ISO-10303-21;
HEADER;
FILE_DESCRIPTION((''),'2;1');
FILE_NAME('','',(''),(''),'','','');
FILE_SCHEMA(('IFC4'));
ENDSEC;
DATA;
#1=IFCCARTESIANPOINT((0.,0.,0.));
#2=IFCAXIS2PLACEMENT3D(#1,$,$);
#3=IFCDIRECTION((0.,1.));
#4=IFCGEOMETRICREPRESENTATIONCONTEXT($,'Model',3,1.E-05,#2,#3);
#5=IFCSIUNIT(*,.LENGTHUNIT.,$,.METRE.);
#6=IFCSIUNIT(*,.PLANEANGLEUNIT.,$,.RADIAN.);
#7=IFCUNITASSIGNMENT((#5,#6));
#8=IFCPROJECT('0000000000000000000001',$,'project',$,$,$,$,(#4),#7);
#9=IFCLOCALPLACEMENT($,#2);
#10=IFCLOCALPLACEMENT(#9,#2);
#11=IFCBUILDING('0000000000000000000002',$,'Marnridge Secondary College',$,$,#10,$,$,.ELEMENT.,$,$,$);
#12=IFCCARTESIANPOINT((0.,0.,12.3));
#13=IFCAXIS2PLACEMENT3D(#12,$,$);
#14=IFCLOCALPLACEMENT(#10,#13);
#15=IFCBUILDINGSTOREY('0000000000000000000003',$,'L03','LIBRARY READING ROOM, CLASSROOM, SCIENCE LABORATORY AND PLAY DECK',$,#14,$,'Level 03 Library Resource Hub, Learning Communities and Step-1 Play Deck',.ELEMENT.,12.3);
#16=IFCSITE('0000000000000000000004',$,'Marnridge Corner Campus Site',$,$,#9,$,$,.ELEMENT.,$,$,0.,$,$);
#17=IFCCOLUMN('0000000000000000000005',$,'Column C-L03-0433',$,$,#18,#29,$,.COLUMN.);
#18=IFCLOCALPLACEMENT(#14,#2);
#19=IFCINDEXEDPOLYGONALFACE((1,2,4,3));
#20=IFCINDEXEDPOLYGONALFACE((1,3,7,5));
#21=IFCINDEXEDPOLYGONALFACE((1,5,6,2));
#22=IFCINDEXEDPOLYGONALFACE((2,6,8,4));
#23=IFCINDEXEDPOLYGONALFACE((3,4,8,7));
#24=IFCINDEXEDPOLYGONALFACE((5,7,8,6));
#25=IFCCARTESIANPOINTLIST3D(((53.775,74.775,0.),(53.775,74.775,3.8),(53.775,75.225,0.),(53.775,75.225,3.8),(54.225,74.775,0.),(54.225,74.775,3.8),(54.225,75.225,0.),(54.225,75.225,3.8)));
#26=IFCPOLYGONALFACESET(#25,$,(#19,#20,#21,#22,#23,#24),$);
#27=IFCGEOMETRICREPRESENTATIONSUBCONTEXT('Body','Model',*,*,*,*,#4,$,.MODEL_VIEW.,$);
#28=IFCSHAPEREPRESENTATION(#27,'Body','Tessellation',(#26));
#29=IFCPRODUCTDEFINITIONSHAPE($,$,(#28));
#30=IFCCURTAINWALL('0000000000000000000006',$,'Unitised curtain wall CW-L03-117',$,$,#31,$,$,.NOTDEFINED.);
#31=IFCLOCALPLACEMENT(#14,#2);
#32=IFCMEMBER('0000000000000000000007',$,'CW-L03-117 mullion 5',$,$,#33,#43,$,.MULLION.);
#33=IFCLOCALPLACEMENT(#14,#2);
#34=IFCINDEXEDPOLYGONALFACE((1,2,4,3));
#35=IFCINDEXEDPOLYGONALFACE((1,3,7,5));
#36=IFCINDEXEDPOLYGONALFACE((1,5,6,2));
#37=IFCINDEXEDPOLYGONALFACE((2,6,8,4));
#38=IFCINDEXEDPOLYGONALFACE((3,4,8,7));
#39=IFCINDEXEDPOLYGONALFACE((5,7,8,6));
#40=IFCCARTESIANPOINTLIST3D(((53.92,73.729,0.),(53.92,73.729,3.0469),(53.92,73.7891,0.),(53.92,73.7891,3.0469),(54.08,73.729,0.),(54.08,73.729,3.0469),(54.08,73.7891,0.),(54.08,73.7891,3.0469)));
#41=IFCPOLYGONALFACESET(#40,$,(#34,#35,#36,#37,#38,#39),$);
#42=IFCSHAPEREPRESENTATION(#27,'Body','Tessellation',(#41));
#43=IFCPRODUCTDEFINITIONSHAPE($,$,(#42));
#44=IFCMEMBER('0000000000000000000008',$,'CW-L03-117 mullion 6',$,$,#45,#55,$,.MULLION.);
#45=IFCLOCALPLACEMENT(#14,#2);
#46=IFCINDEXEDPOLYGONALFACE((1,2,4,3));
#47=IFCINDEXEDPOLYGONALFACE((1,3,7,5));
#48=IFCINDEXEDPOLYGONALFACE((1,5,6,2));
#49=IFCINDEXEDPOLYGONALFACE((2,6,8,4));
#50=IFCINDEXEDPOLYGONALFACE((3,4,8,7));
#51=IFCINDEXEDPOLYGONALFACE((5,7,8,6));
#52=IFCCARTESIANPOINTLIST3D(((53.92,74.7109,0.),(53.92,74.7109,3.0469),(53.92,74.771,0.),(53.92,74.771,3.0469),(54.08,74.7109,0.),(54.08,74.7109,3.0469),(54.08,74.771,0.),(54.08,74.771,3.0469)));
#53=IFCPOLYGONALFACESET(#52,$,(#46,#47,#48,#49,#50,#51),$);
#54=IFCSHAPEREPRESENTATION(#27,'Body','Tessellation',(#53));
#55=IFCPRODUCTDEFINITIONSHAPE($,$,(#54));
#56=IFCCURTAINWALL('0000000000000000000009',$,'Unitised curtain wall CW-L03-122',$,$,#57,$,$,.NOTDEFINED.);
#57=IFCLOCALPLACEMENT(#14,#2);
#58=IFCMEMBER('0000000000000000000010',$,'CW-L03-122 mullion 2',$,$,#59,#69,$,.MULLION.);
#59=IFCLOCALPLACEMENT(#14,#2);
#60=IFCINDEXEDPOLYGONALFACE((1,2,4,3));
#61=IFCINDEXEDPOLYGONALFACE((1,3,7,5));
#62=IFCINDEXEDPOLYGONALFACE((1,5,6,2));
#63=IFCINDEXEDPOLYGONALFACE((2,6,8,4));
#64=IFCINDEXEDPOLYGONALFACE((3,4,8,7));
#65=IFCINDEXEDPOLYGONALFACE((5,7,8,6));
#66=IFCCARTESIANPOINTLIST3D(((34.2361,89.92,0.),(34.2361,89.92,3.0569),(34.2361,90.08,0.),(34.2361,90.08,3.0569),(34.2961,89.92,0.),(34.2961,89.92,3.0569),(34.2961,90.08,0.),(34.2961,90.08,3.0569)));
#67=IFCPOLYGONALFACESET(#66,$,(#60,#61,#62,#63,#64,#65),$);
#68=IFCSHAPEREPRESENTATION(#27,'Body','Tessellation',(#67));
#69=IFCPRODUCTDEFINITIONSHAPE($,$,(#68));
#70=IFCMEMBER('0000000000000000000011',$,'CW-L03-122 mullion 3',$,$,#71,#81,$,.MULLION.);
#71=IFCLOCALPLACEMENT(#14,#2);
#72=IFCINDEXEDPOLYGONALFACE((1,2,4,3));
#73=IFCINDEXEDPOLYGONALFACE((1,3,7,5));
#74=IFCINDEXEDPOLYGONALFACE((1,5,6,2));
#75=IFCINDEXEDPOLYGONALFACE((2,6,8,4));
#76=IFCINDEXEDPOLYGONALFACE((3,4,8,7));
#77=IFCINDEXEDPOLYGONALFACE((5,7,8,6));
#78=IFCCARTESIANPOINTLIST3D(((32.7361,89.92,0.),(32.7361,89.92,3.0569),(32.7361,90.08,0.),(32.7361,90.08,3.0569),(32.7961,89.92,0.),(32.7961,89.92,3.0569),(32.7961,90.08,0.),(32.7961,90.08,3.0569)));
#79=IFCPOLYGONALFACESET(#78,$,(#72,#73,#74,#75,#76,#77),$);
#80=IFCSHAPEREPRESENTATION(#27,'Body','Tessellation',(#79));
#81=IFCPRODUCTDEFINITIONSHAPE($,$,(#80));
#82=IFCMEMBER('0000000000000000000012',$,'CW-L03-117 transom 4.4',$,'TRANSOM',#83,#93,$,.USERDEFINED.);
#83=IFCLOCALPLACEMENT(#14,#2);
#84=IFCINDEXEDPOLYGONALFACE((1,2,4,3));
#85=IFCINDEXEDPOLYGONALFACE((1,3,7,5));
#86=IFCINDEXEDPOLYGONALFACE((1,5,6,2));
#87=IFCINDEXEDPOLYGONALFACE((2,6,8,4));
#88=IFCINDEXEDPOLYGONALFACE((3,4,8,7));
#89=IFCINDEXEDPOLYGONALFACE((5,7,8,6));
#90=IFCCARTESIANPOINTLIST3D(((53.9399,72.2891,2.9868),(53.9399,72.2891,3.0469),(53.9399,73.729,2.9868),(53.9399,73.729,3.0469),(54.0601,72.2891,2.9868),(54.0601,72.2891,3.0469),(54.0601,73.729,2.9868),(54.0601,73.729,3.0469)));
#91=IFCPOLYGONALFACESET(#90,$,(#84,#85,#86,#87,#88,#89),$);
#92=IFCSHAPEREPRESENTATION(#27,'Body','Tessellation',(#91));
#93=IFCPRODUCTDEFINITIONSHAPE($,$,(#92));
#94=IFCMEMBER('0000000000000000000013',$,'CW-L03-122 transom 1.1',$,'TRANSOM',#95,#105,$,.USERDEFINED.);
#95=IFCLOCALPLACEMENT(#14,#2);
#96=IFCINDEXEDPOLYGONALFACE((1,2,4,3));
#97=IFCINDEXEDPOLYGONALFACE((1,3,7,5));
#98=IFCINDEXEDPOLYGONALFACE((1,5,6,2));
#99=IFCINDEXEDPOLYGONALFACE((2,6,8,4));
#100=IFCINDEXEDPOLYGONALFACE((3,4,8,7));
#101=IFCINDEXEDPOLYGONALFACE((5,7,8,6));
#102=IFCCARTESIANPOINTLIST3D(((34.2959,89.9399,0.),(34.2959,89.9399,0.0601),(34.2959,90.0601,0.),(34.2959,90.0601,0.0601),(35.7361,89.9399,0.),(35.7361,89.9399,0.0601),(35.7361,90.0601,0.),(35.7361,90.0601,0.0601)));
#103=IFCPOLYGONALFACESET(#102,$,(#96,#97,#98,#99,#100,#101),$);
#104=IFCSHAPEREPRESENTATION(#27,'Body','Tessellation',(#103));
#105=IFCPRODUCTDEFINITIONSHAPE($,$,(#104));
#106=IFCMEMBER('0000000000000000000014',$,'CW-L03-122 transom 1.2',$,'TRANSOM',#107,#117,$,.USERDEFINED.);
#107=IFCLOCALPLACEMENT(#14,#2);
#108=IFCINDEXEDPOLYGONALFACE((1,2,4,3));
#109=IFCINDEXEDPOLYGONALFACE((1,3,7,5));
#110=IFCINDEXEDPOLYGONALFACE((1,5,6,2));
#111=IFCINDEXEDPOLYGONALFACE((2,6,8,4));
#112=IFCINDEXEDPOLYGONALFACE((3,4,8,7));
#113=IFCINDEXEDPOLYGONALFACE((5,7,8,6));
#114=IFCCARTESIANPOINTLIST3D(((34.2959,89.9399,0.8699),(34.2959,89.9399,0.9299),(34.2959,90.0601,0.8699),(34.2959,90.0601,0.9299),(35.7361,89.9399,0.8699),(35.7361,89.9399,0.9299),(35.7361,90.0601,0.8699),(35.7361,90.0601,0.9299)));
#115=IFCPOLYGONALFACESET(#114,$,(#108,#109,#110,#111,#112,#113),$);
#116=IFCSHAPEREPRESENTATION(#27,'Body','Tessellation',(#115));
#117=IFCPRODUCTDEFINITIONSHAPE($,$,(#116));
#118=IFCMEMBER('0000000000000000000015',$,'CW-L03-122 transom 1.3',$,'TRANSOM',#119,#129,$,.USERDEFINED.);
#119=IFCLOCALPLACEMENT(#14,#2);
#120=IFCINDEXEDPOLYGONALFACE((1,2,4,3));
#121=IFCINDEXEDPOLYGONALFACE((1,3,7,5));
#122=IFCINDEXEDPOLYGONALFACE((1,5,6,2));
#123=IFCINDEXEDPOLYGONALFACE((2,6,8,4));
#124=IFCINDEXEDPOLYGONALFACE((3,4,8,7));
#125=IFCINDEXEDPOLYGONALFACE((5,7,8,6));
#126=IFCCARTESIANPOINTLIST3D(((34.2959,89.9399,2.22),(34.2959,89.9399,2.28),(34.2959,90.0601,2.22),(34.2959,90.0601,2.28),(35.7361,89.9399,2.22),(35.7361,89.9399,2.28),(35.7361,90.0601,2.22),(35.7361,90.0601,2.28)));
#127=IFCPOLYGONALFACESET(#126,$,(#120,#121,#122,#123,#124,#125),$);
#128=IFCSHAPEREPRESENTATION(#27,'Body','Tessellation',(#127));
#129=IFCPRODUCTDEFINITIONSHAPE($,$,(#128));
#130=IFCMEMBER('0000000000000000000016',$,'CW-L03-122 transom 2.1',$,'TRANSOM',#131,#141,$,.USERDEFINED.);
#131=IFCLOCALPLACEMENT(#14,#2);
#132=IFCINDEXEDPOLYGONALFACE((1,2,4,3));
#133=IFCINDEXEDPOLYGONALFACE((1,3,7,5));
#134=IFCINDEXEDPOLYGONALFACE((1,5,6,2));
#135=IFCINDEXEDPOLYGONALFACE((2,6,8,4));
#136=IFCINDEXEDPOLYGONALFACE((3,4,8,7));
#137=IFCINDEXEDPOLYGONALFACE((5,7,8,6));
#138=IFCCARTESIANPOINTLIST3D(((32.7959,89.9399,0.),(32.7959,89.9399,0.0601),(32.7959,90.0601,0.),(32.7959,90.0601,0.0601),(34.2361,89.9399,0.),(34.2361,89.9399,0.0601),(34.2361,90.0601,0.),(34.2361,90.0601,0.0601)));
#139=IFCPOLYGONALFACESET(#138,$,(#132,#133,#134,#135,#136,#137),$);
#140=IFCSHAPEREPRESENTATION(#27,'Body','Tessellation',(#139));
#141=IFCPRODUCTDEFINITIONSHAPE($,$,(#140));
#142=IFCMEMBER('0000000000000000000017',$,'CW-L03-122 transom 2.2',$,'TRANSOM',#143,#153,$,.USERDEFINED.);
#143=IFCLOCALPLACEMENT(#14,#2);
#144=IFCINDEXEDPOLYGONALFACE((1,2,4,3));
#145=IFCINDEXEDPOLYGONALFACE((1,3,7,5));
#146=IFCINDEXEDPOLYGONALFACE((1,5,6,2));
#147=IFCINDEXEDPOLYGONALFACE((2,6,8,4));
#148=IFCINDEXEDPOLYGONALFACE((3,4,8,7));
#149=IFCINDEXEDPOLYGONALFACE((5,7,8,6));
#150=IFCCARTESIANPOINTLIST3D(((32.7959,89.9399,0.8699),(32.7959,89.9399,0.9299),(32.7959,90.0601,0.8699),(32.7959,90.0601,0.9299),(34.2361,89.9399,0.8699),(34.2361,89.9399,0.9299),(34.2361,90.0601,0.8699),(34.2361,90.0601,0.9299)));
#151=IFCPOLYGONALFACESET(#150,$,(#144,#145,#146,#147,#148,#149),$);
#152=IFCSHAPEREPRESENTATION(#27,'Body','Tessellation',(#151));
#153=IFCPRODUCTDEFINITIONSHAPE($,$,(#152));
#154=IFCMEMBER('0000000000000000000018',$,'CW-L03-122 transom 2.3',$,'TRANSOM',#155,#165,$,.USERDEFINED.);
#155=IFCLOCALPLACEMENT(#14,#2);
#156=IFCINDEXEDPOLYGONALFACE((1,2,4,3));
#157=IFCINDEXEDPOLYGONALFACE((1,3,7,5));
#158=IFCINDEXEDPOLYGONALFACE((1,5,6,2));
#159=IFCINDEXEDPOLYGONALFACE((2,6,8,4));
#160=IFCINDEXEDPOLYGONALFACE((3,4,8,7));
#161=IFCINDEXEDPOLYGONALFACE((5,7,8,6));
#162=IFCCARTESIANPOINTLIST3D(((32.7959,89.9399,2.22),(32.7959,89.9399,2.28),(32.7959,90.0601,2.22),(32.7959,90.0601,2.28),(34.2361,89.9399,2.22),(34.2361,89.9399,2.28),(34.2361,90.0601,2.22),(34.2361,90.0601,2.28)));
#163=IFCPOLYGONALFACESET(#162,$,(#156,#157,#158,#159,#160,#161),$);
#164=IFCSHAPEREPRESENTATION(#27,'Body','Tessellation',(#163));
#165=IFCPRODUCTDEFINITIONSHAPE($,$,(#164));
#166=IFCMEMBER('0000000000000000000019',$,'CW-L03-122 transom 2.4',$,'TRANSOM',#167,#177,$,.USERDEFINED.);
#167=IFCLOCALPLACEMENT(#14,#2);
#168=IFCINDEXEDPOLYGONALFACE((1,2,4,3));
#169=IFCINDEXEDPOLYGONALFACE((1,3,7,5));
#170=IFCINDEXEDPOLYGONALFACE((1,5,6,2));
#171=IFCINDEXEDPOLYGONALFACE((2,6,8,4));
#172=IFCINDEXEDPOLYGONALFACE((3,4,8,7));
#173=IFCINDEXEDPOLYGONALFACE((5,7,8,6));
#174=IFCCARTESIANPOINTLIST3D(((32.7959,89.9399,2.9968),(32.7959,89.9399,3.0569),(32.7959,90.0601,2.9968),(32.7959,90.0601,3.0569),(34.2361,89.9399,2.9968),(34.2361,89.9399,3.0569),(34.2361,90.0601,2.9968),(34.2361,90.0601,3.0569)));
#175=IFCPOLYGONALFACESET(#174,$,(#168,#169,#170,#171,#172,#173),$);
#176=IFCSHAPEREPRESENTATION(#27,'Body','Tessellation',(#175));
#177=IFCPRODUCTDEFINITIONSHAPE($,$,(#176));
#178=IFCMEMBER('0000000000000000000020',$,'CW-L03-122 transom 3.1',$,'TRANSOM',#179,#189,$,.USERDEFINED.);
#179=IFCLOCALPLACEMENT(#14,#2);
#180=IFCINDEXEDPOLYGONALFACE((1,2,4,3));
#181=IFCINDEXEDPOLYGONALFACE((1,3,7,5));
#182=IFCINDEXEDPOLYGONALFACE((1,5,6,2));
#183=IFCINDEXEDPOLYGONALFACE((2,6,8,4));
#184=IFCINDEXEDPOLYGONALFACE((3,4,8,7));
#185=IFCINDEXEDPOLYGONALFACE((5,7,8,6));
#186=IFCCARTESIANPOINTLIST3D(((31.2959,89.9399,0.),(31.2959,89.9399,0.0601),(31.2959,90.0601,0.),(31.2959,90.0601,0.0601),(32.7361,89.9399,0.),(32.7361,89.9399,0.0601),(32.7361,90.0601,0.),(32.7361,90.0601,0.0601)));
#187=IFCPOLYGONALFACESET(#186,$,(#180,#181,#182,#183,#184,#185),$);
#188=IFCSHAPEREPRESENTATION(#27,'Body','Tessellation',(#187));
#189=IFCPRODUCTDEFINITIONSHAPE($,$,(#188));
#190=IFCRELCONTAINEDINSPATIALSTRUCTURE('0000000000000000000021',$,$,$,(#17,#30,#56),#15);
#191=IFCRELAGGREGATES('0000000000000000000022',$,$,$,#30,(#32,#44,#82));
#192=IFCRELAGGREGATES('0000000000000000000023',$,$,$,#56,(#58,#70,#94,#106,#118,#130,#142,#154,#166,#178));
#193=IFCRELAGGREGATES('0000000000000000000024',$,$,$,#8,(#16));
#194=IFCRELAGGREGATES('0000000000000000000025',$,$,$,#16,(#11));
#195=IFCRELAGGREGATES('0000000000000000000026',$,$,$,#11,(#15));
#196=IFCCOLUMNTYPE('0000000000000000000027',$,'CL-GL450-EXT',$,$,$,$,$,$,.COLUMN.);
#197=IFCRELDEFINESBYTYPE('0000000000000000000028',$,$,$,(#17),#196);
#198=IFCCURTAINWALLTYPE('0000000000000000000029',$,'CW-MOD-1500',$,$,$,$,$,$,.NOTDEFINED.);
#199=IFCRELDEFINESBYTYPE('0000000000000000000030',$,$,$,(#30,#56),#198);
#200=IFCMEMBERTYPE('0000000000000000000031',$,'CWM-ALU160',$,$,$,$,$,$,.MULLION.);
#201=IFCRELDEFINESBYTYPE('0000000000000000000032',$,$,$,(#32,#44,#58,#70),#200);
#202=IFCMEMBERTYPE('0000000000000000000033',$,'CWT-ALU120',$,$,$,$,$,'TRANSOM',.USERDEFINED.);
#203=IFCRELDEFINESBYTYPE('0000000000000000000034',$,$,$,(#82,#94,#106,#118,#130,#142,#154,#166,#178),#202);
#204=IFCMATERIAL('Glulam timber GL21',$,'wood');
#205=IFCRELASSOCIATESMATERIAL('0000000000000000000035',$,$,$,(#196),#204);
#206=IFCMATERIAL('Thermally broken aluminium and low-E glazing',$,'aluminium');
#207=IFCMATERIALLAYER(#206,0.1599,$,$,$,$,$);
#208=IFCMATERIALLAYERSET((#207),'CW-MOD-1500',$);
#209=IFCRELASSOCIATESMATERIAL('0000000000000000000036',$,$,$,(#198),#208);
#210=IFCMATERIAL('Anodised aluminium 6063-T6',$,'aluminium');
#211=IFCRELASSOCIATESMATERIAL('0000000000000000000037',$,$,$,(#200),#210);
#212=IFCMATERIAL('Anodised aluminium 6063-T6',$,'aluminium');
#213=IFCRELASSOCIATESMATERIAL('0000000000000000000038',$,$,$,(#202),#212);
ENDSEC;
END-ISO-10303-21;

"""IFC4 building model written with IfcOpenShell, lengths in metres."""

from ifc_helpers import new_model, si_unit, direction, frame, origin, origin_2d, place, context, subcontext, project, spatial, rectangle, extrude, material, layer, layer_set, material_profile, profile_set, type_object, element, aggregate, save


model = new_model("IFC4")

# Units and contexts
model_context = context("Model", 3, precision=1e-05, world=origin(), true_north=direction((0.0, 1.0)))
body_context = subcontext(model_context, "Body", "Model", "MODEL_VIEW")
ifc_project = project(units=[si_unit("LENGTHUNIT", "METRE"), si_unit("PLANEANGLEUNIT", "RADIAN")], contexts=[model_context])

# Site, building, storey
site_placement = place(None, origin())
site = spatial("IfcSite", under=ifc_project, at=site_placement, Name="Marnridge Corner Campus Site", CompositionType="ELEMENT", RefElevation=0.0)
building_placement = place(site_placement, origin())
building = spatial("IfcBuilding", under=site, at=building_placement, Name="Marnridge Secondary College", CompositionType="ELEMENT")
storey_placement = place(building_placement, frame((0.0, 0.0, 12.3)))
storey = spatial("IfcBuildingStorey", under=building, at=storey_placement, Name="L03", Description="LIBRARY READING ROOM, CLASSROOM, SCIENCE LABORATORY AND PLAY DECK", LongName="Level 03 Library Resource Hub, Learning Communities and Step-1 Play Deck", CompositionType="ELEMENT", Elevation=12.3)

# Column
ifc_material_1 = material(Name="Glulam timber GL21", Category="wood")
ifc_material_profile_1 = material_profile(ifc_material_1, rectangle(XDim=0.45, YDim=0.45, at=origin_2d()), Name="GL21 450x450")
ifc_profile_set_1 = profile_set([ifc_material_profile_1], Name="Glulam timber GL21")
column_type = type_object("IfcColumnType", Name="CL-GL450-EXT", PredefinedType="COLUMN", material=ifc_profile_set_1)
column_placement = place(storey_placement, frame((54.0, 75.0, 0.0), z_axis=(0.0, 0.0, 1.0), x_axis=(1.0, 0.0, 0.0)))
element("IfcColumn", 1, at=column_placement, inside=storey, type_object=column_type, Name="Column C-L03-0433", PredefinedType="COLUMN", context=body_context, shape_type="SweptSolid", body=[
    extrude(rectangle(XDim=0.45, YDim=0.45, at=origin_2d()), origin(), (0.0, 0.0, 1.0), 3.8),
])

# Curtain walls, members
ifc_material_2 = material(Name="Thermally broken aluminium and low-E glazing", Category="aluminium")
ifc_layer_1 = layer(ifc_material_2, 0.1599)
ifc_layer_set_1 = layer_set([ifc_layer_1], Name="CW-MOD-1500")
curtain_wall_type = type_object("IfcCurtainWallType", Name="CW-MOD-1500", PredefinedType="NOTDEFINED", material=ifc_layer_set_1)
curtain_wall_1_placement = place(storey_placement, origin())
curtain_wall_1 = element("IfcCurtainWall", 2, at=curtain_wall_1_placement, inside=storey, type_object=curtain_wall_type, Name="Unitised curtain wall CW-L03-117", PredefinedType="NOTDEFINED")
ifc_material_3 = material(Name="Anodised aluminium 6063-T6", Category="aluminium")
ifc_material_profile_2 = material_profile(ifc_material_3, rectangle(XDim=0.0601, YDim=0.1599, at=origin_2d()), Name="ALU 60x160")
ifc_profile_set_2 = profile_set([ifc_material_profile_2], Name="Anodised aluminium 6063-T6")
member_type_1 = type_object("IfcMemberType", Name="CWM-ALU160", PredefinedType="MULLION", material=ifc_profile_set_2)
member_1_placement = place(storey_placement, frame((54.0, 73.759, 0.0), z_axis=(0.0, 0.0, 1.0), x_axis=(0.0, 1.0, 0.0)))
member_1 = element("IfcMember", 3, at=member_1_placement, type_object=member_type_1, Name="CW-L03-117 mullion 5", PredefinedType="MULLION", context=body_context, shape_type="SweptSolid", body=[
    extrude(rectangle(XDim=0.0601, YDim=0.1599, at=origin_2d()), origin(), (0.0, 0.0, 1.0), 3.0469),
])
member_2_placement = place(storey_placement, frame((54.0, 74.741, 0.0), z_axis=(0.0, 0.0, 1.0), x_axis=(0.0, 1.0, 0.0)))
member_2 = element("IfcMember", 4, at=member_2_placement, type_object=member_type_1, Name="CW-L03-117 mullion 6", PredefinedType="MULLION", context=body_context, shape_type="SweptSolid", body=[
    extrude(rectangle(XDim=0.0601, YDim=0.1599, at=origin_2d()), origin(), (0.0, 0.0, 1.0), 3.0469),
])
curtain_wall_2_placement = place(storey_placement, origin())
curtain_wall_2 = element("IfcCurtainWall", 5, at=curtain_wall_2_placement, inside=storey, type_object=curtain_wall_type, Name="Unitised curtain wall CW-L03-122", PredefinedType="NOTDEFINED")
member_3_placement = place(storey_placement, frame((34.2661, 90.0, 0.0), z_axis=(0.0, 0.0, 1.0), x_axis=(-1.0, 0.0, 0.0)))
member_3 = element("IfcMember", 6, at=member_3_placement, type_object=member_type_1, Name="CW-L03-122 mullion 2", PredefinedType="MULLION", context=body_context, shape_type="SweptSolid", body=[
    extrude(rectangle(XDim=0.0601, YDim=0.1599, at=origin_2d()), origin(), (0.0, 0.0, 1.0), 3.0569),
])
member_4_placement = place(storey_placement, frame((32.7661, 90.0, 0.0), z_axis=(0.0, 0.0, 1.0), x_axis=(-1.0, 0.0, 0.0)))
member_4 = element("IfcMember", 7, at=member_4_placement, type_object=member_type_1, Name="CW-L03-122 mullion 3", PredefinedType="MULLION", context=body_context, shape_type="SweptSolid", body=[
    extrude(rectangle(XDim=0.0601, YDim=0.1599, at=origin_2d()), origin(), (0.0, 0.0, 1.0), 3.0569),
])

# Members
ifc_material_4 = material(Name="Anodised aluminium 6063-T6", Category="aluminium")
ifc_material_profile_3 = material_profile(ifc_material_4, rectangle(XDim=0.0601, YDim=0.1201, at=origin_2d()), Name="ALU 60x120")
ifc_profile_set_3 = profile_set([ifc_material_profile_3], Name="Anodised aluminium 6063-T6")
member_type_2 = type_object("IfcMemberType", Name="CWT-ALU120", ElementType="TRANSOM", PredefinedType="USERDEFINED", material=ifc_profile_set_3)
member_5_placement = place(storey_placement, frame((54.0, 72.2891, 3.0168), z_axis=(0.0, 1.0, 0.0), x_axis=(0.0, 0.0, 1.0)))
member_5 = element("IfcMember", 8, at=member_5_placement, type_object=member_type_2, Name="CW-L03-117 transom 4.4", ObjectType="TRANSOM", PredefinedType="USERDEFINED", context=body_context, shape_type="SweptSolid", body=[
    extrude(rectangle(XDim=0.0601, YDim=0.1201, at=origin_2d()), origin(), (0.0, 0.0, 1.0), 1.4399),
])
aggregate(curtain_wall_1, [member_1, member_2, member_5])
member_6_placement = place(storey_placement, frame((35.7361, 90.0, 0.03), z_axis=(-1.0, 0.0, 0.0), x_axis=(0.0, 0.0, 1.0)))
member_6 = element("IfcMember", 9, at=member_6_placement, type_object=member_type_2, Name="CW-L03-122 transom 1.1", ObjectType="TRANSOM", PredefinedType="USERDEFINED", context=body_context, shape_type="SweptSolid", body=[
    extrude(rectangle(XDim=0.0601, YDim=0.1201, at=origin_2d()), origin(), (0.0, 0.0, 1.0), 1.4402),
])
member_7_placement = place(storey_placement, frame((35.7361, 90.0, 0.8999), z_axis=(-1.0, 0.0, 0.0), x_axis=(0.0, 0.0, 1.0)))
member_7 = element("IfcMember", 10, at=member_7_placement, type_object=member_type_2, Name="CW-L03-122 transom 1.2", ObjectType="TRANSOM", PredefinedType="USERDEFINED", context=body_context, shape_type="SweptSolid", body=[
    extrude(rectangle(XDim=0.0601, YDim=0.1201, at=origin_2d()), origin(), (0.0, 0.0, 1.0), 1.4402),
])
member_8_placement = place(storey_placement, frame((35.7361, 90.0, 2.25), z_axis=(-1.0, 0.0, 0.0), x_axis=(0.0, 0.0, 1.0)))
member_8 = element("IfcMember", 11, at=member_8_placement, type_object=member_type_2, Name="CW-L03-122 transom 1.3", ObjectType="TRANSOM", PredefinedType="USERDEFINED", context=body_context, shape_type="SweptSolid", body=[
    extrude(rectangle(XDim=0.0601, YDim=0.1201, at=origin_2d()), origin(), (0.0, 0.0, 1.0), 1.4402),
])
member_9_placement = place(storey_placement, frame((34.2361, 90.0, 0.03), z_axis=(-1.0, 0.0, 0.0), x_axis=(0.0, 0.0, 1.0)))
member_9 = element("IfcMember", 12, at=member_9_placement, type_object=member_type_2, Name="CW-L03-122 transom 2.1", ObjectType="TRANSOM", PredefinedType="USERDEFINED", context=body_context, shape_type="SweptSolid", body=[
    extrude(rectangle(XDim=0.0601, YDim=0.1201, at=origin_2d()), origin(), (0.0, 0.0, 1.0), 1.4402),
])
member_10_placement = place(storey_placement, frame((34.2361, 90.0, 0.8999), z_axis=(-1.0, 0.0, 0.0), x_axis=(0.0, 0.0, 1.0)))
member_10 = element("IfcMember", 13, at=member_10_placement, type_object=member_type_2, Name="CW-L03-122 transom 2.2", ObjectType="TRANSOM", PredefinedType="USERDEFINED", context=body_context, shape_type="SweptSolid", body=[
    extrude(rectangle(XDim=0.0601, YDim=0.1201, at=origin_2d()), origin(), (0.0, 0.0, 1.0), 1.4402),
])
member_11_placement = place(storey_placement, frame((34.2361, 90.0, 2.25), z_axis=(-1.0, 0.0, 0.0), x_axis=(0.0, 0.0, 1.0)))
member_11 = element("IfcMember", 14, at=member_11_placement, type_object=member_type_2, Name="CW-L03-122 transom 2.3", ObjectType="TRANSOM", PredefinedType="USERDEFINED", context=body_context, shape_type="SweptSolid", body=[
    extrude(rectangle(XDim=0.0601, YDim=0.1201, at=origin_2d()), origin(), (0.0, 0.0, 1.0), 1.4402),
])
member_12_placement = place(storey_placement, frame((34.2361, 90.0, 3.0269), z_axis=(-1.0, 0.0, 0.0), x_axis=(0.0, 0.0, 1.0)))
member_12 = element("IfcMember", 15, at=member_12_placement, type_object=member_type_2, Name="CW-L03-122 transom 2.4", ObjectType="TRANSOM", PredefinedType="USERDEFINED", context=body_context, shape_type="SweptSolid", body=[
    extrude(rectangle(XDim=0.0601, YDim=0.1201, at=origin_2d()), origin(), (0.0, 0.0, 1.0), 1.4402),
])
member_13_placement = place(storey_placement, frame((32.7361, 90.0, 0.03), z_axis=(-1.0, 0.0, 0.0), x_axis=(0.0, 0.0, 1.0)))
member_13 = element("IfcMember", 16, at=member_13_placement, type_object=member_type_2, Name="CW-L03-122 transom 3.1", ObjectType="TRANSOM", PredefinedType="USERDEFINED", context=body_context, shape_type="SweptSolid", body=[
    extrude(rectangle(XDim=0.0601, YDim=0.1201, at=origin_2d()), origin(), (0.0, 0.0, 1.0), 1.4402),
])

aggregate(curtain_wall_2, [member_3, member_4, member_6, member_7, member_8, member_9, member_10, member_11, member_12, member_13])

save(model, "model.ifc")
